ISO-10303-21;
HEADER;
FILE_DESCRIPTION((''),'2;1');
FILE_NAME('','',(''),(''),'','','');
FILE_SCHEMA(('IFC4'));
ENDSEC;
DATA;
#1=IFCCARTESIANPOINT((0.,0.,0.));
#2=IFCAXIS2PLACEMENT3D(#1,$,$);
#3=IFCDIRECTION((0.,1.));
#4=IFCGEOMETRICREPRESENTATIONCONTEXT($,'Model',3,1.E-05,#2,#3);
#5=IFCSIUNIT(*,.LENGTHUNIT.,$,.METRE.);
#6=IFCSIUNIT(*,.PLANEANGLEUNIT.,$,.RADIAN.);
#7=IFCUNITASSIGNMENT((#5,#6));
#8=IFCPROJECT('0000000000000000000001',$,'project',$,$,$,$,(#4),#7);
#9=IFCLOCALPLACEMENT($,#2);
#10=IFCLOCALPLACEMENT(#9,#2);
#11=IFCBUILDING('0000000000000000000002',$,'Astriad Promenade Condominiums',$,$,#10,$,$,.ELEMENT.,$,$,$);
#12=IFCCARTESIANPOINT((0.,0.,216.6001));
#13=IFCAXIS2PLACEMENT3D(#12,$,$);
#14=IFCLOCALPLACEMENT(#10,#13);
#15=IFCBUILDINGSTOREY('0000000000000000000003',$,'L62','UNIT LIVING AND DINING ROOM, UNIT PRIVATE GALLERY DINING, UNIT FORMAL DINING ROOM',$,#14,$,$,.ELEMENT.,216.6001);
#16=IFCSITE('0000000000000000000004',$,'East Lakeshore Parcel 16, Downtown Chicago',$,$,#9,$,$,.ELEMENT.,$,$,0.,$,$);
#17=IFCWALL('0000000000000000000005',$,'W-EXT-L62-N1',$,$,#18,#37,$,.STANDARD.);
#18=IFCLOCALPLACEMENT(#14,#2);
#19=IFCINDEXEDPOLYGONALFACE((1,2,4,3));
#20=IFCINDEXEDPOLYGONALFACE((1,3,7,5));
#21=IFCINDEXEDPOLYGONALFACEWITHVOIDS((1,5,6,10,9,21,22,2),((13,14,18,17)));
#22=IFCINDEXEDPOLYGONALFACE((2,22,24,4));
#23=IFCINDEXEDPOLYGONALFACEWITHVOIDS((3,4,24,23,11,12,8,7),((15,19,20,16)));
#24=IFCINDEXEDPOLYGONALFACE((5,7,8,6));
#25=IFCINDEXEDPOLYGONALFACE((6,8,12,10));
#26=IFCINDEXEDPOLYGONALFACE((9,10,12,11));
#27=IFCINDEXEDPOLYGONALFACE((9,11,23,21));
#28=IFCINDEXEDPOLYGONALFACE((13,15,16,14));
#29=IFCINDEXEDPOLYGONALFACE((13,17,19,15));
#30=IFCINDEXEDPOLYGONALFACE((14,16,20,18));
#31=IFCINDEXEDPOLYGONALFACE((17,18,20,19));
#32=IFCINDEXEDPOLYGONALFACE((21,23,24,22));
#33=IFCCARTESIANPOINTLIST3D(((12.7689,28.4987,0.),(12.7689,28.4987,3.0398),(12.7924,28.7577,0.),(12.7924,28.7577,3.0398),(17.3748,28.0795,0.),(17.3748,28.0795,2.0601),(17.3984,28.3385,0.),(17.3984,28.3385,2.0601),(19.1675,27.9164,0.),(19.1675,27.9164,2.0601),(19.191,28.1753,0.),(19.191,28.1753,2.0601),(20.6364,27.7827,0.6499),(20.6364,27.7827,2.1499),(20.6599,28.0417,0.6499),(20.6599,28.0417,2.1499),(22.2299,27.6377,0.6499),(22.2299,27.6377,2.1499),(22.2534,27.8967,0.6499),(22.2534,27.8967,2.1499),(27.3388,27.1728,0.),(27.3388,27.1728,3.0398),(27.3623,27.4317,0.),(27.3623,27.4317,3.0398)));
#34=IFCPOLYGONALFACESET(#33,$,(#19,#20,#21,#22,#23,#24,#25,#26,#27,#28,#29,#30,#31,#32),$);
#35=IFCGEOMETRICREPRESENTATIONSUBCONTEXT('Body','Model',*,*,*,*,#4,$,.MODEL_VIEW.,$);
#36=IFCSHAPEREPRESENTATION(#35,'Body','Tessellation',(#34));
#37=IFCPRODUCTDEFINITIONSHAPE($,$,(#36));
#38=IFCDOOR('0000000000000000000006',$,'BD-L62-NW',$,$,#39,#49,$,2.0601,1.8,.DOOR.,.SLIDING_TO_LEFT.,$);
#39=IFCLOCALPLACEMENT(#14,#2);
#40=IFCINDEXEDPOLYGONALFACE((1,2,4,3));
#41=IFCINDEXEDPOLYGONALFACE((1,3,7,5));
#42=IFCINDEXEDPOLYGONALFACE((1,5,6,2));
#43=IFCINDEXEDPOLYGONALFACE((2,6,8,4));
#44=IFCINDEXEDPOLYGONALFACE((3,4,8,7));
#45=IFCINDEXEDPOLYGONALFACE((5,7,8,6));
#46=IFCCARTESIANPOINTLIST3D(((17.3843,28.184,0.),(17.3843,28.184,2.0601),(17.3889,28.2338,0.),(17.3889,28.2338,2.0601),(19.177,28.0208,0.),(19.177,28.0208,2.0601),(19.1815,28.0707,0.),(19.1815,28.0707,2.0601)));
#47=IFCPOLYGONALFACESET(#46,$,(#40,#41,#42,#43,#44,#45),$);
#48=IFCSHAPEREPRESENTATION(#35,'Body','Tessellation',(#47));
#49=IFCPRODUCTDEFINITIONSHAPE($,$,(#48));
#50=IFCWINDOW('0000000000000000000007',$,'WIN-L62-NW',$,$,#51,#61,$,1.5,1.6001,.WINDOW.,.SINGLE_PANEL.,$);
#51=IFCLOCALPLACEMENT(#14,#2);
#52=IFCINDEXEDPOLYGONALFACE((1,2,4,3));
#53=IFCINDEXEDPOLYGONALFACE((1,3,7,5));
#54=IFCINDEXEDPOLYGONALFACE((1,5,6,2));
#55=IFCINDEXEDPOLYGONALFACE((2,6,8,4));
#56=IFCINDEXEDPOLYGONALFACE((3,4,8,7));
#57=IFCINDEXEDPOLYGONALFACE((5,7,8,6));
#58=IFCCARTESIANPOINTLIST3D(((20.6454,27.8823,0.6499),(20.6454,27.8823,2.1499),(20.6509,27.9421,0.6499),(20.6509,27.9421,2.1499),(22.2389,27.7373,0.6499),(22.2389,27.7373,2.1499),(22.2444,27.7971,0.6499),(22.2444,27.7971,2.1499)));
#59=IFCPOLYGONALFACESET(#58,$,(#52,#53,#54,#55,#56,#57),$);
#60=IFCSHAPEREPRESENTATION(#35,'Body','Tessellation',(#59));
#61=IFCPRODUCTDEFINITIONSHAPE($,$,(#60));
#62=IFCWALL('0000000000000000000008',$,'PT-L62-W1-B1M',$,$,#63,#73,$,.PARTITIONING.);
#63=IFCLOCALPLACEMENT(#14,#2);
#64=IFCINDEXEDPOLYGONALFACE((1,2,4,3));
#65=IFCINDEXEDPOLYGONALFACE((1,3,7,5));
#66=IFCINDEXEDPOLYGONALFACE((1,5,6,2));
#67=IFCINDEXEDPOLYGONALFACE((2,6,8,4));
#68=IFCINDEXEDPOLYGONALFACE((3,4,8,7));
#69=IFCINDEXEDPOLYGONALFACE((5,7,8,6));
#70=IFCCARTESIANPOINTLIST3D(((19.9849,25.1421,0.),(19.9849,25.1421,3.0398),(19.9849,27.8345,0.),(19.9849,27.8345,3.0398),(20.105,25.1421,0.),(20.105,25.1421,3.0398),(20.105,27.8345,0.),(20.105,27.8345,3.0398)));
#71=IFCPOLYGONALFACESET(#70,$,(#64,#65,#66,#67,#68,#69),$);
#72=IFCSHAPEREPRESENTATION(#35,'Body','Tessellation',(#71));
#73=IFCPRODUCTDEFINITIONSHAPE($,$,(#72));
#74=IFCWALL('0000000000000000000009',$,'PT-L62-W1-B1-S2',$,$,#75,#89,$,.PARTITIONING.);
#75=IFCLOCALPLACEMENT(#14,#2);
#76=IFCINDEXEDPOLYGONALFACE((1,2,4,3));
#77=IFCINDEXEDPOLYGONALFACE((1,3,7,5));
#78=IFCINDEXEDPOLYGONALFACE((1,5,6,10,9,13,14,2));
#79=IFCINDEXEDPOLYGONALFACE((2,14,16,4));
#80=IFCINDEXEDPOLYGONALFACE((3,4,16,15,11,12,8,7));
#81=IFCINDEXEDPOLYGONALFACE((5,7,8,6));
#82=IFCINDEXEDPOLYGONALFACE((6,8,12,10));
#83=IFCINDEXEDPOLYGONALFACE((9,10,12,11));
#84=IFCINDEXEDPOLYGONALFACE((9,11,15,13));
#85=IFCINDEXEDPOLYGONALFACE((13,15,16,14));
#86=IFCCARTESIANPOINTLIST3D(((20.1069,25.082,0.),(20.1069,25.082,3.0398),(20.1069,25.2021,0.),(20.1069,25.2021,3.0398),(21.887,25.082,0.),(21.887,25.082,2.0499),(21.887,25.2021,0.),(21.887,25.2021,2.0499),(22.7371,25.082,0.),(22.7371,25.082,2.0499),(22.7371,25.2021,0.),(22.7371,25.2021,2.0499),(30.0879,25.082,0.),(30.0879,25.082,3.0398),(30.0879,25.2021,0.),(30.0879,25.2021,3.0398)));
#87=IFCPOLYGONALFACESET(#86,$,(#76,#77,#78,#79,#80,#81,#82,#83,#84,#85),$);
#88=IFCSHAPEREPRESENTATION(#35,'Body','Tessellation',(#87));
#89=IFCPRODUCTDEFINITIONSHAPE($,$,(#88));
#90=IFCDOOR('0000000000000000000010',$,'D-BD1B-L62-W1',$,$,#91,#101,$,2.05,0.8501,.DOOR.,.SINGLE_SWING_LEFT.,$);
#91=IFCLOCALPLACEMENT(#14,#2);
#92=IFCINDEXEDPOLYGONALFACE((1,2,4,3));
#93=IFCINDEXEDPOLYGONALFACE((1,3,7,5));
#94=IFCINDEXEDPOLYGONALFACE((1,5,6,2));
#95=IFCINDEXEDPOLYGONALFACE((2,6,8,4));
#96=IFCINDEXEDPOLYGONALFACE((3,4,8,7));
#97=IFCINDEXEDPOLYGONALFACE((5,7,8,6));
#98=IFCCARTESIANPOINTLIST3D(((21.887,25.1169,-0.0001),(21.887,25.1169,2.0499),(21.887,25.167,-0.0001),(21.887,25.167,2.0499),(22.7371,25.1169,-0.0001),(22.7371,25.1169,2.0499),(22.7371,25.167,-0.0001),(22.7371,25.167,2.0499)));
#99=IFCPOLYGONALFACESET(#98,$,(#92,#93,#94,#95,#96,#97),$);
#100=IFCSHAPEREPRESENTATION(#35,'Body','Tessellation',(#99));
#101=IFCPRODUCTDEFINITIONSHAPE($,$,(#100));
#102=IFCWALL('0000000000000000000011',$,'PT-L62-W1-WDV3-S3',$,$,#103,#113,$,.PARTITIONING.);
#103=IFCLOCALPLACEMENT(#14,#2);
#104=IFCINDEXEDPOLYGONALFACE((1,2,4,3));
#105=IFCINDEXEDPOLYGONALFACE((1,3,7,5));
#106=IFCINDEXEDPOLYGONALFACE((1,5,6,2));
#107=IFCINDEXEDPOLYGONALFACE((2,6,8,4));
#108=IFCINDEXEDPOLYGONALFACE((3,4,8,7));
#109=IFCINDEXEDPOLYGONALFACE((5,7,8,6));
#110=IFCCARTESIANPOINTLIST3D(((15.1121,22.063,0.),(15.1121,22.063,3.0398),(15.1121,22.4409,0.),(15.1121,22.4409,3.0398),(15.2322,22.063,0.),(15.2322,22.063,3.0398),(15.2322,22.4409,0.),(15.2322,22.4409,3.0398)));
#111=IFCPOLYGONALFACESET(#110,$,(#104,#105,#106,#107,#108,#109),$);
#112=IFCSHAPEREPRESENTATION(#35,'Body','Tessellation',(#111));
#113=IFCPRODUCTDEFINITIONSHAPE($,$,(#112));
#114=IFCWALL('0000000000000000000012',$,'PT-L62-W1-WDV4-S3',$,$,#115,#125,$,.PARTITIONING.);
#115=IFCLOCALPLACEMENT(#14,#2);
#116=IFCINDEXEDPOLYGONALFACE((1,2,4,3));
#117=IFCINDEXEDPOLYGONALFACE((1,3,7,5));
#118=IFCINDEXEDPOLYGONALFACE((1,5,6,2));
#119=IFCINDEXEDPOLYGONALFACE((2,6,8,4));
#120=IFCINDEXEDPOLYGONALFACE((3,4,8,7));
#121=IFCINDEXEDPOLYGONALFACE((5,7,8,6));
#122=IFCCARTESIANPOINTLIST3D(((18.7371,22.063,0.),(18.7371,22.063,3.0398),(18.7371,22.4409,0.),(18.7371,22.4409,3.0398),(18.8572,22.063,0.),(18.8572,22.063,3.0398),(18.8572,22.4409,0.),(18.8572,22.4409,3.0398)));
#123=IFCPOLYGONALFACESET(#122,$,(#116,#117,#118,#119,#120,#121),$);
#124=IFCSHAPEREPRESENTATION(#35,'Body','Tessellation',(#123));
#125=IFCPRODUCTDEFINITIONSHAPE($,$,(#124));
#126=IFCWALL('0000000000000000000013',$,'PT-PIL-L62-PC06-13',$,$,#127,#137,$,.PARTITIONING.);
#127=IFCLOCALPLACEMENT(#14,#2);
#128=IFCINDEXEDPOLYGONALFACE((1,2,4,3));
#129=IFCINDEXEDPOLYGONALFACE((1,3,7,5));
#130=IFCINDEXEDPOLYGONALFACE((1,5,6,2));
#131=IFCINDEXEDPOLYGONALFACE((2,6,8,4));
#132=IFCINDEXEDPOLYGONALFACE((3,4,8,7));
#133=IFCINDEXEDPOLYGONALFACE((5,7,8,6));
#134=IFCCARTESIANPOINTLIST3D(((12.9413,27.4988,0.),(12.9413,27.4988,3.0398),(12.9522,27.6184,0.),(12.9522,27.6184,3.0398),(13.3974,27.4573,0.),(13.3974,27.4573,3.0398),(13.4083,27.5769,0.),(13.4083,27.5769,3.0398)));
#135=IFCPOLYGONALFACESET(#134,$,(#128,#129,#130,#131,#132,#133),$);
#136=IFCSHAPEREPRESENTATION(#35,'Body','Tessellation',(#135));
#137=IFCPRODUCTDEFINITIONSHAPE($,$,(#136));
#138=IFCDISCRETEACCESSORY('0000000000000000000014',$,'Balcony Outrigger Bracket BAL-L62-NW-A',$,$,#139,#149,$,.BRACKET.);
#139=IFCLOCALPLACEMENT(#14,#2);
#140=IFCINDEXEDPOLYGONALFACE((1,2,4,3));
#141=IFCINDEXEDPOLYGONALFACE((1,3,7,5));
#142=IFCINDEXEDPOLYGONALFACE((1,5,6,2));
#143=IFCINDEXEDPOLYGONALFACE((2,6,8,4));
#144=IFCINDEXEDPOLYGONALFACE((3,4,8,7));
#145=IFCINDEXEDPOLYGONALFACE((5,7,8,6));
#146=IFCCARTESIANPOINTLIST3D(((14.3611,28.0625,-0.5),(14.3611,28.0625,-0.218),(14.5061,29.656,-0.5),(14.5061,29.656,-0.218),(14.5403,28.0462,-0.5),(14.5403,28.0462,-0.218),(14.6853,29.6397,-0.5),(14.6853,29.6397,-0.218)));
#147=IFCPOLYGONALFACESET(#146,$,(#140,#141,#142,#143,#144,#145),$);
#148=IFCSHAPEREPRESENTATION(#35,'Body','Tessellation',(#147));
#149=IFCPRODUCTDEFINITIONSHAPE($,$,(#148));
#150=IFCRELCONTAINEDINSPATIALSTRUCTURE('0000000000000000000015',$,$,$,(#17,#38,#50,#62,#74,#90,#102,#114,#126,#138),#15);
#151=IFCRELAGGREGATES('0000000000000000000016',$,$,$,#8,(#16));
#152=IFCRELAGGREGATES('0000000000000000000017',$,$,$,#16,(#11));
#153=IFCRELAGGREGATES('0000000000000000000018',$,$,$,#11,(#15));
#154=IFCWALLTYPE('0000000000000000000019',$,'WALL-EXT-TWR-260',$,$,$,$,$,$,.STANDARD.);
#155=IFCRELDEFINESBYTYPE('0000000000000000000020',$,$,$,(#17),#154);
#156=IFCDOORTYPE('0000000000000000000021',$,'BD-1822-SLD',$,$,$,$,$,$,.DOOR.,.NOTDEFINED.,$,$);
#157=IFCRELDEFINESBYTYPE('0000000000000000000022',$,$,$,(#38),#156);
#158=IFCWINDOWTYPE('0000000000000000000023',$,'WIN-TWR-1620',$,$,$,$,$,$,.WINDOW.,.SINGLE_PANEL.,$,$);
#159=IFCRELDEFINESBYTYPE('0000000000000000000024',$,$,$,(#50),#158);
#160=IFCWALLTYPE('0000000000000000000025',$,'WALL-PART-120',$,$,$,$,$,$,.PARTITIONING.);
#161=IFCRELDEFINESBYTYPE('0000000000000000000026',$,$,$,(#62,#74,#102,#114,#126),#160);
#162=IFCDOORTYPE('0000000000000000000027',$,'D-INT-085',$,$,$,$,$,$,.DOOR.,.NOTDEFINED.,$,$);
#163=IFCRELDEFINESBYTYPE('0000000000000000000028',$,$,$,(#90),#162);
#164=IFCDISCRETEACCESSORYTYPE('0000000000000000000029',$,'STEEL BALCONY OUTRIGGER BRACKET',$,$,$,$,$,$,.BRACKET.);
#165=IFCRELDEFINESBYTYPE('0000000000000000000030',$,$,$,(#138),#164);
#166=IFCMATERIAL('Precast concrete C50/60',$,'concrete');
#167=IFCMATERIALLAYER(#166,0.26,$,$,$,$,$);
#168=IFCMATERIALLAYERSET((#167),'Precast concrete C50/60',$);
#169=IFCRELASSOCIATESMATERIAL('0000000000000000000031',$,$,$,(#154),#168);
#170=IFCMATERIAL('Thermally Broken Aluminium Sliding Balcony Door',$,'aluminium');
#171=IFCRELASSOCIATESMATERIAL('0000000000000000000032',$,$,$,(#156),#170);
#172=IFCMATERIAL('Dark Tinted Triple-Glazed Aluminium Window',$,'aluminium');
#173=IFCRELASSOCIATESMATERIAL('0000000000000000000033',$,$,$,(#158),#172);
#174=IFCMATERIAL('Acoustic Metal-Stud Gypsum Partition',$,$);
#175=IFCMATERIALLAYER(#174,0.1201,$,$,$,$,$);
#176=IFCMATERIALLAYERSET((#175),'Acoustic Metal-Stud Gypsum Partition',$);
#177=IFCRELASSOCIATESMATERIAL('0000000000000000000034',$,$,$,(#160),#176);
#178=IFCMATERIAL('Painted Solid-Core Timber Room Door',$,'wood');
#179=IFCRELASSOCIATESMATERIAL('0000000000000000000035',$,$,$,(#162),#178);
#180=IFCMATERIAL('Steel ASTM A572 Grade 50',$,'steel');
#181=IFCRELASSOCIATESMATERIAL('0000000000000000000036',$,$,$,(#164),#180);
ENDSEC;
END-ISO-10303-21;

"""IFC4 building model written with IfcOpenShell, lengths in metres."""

from ifc_helpers import new_model, si_unit, direction, frame, frame_2d, origin, origin_2d, place, context, subcontext, project, spatial, rectangle, extrude, source, transform, mapped, material, layer, layer_set, type_object, type_shapes, element, fill, save


model = new_model("IFC4")

# Units and contexts
model_context = context("Model", 3, precision=1e-05, world=origin(), true_north=direction((0.0, 1.0)))
body_context = subcontext(model_context, "Body", "Model", "MODEL_VIEW")
ifc_project = project(units=[si_unit("LENGTHUNIT", "METRE"), si_unit("PLANEANGLEUNIT", "RADIAN")], contexts=[model_context])

# Site, building, storey
site_placement = place(None, origin())
site = spatial("IfcSite", under=ifc_project, at=site_placement, Name="East Lakeshore Parcel 16, Downtown Chicago", CompositionType="ELEMENT", RefElevation=0.0)
building_placement = place(site_placement, origin())
building = spatial("IfcBuilding", under=site, at=building_placement, Name="Astriad Promenade Condominiums", CompositionType="ELEMENT")
storey_placement = place(building_placement, frame((0.0, 0.0, 216.6001)))
storey = spatial("IfcBuildingStorey", under=building, at=storey_placement, Name="L62", Description="UNIT LIVING AND DINING ROOM, UNIT PRIVATE GALLERY DINING, UNIT FORMAL DINING ROOM", CompositionType="ELEMENT", Elevation=216.6001)

# Shared definitions
ifc_material_1 = material(Name="Precast concrete C50/60", Category="concrete")
ifc_layer_1 = layer(ifc_material_1, 0.26)
ifc_layer_set_1 = layer_set([ifc_layer_1], Name="Precast concrete C50/60")
wall_type_1 = type_object("IfcWallType", Name="WALL-EXT-TWR-260", PredefinedType="STANDARD", material=ifc_layer_set_1)

# Wall, openings, door, window
wall_1_placement = place(storey_placement, frame((12.7808, 28.6282, 0.0), z_axis=(0.0, 0.0, 1.0), x_axis=(0.995885, -0.090631, 0.0)))
wall_1 = element("IfcWall", 1, at=wall_1_placement, inside=storey, type_object=wall_type_1, Name="W-EXT-L62-N1", PredefinedType="STANDARD", context=body_context, shape_type="SweptSolid", body=[
    extrude(rectangle(XDim=14.6301, YDim=0.26, at=frame_2d((7.3149, 0.0))), origin(), (0.0, 0.0, 1.0), 3.0398),
])
opening_1_placement = place(wall_1_placement, frame((4.625, 0.0, 0.0)))
opening_1 = element("IfcOpeningElement", 2, at=opening_1_placement, cuts=wall_1, PredefinedType="OPENING", context=body_context, shape_type="SweptSolid", body=[
    extrude(rectangle(XDim=1.8, YDim=2.0601, at=frame_2d((0.8999, 1.03))), frame((0.0, 0.1399, 0.0), z_axis=(0.0, -1.0, 0.0), x_axis=(1.0, 0.0, 0.0)), (0.0, 0.0, 1.0), 0.28),
])
opening_2_placement = place(wall_1_placement, frame((7.8999, 0.0, 0.6499)))
opening_2 = element("IfcOpeningElement", 3, at=opening_2_placement, cuts=wall_1, PredefinedType="OPENING", context=body_context, shape_type="SweptSolid", body=[
    extrude(rectangle(XDim=1.6001, YDim=1.5, at=frame_2d((0.8, 0.75))), frame((0.0, 0.1399, 0.0), z_axis=(0.0, -1.0, 0.0), x_axis=(1.0, 0.0, 0.0)), (0.0, 0.0, 1.0), 0.28),
])
ifc_material_2 = material(Name="Thermally Broken Aluminium Sliding Balcony Door", Category="aluminium")
door_type_1 = type_object("IfcDoorType", Name="BD-1822-SLD", OperationType="NOTDEFINED", PredefinedType="DOOR", material=ifc_material_2)
shared_shape_1 = source(origin(), body_context, "Body", "SweptSolid", [
    extrude(rectangle(XDim=1.8, YDim=2.0601, at=frame_2d((0.8999, 1.03))), frame((0.0, 0.0249, 0.0), z_axis=(0.0, -1.0, 0.0), x_axis=(1.0, 0.0, 0.0)), (0.0, 0.0, 1.0), 0.05),
])
type_shapes(door_type_1, [shared_shape_1])
door_1_placement = place(opening_1_placement, origin())
door_1 = element("IfcDoor", 4, at=door_1_placement, inside=storey, type_object=door_type_1, Name="BD-L62-NW", OperationType="SLIDING_TO_LEFT", OverallHeight=2.0601, OverallWidth=1.8, PredefinedType="DOOR", context=body_context, shape_type="MappedRepresentation", body=[
    mapped(shared_shape_1, transform((0.0, 0.0, 0.0), scale=1.0)),
])
fill(opening_1, door_1)
ifc_material_3 = material(Name="Dark Tinted Triple-Glazed Aluminium Window", Category="aluminium")
window_type = type_object("IfcWindowType", Name="WIN-TWR-1620", PartitioningType="SINGLE_PANEL", PredefinedType="WINDOW", material=ifc_material_3)
shared_shape_2 = source(origin(), body_context, "Body", "SweptSolid", [
    extrude(rectangle(XDim=1.6001, YDim=1.5, at=frame_2d((0.8, 0.75))), frame((0.0, 0.03, 0.0), z_axis=(0.0, -1.0, 0.0), x_axis=(1.0, 0.0, 0.0)), (0.0, 0.0, 1.0), 0.0601),
])
type_shapes(window_type, [shared_shape_2])
window_placement = place(opening_2_placement, origin())
window = element("IfcWindow", 5, at=window_placement, inside=storey, type_object=window_type, Name="WIN-L62-NW", OverallHeight=1.5, OverallWidth=1.6001, PartitioningType="SINGLE_PANEL", PredefinedType="WINDOW", context=body_context, shape_type="MappedRepresentation", body=[
    mapped(shared_shape_2, transform((0.0, 0.0, 0.0), scale=1.0)),
])
fill(opening_2, window)

# Wall
ifc_material_4 = material(Name="Acoustic Metal-Stud Gypsum Partition")
ifc_layer_2 = layer(ifc_material_4, 0.1201)
ifc_layer_set_2 = layer_set([ifc_layer_2], Name="Acoustic Metal-Stud Gypsum Partition")
wall_type_2 = type_object("IfcWallType", Name="WALL-PART-120", PredefinedType="PARTITIONING", material=ifc_layer_set_2)
wall_2_placement = place(storey_placement, frame((20.0449, 25.1421, 0.0), z_axis=(0.0, 0.0, 1.0), x_axis=(0.0, 1.0, 0.0)))
element("IfcWall", 6, at=wall_2_placement, inside=storey, type_object=wall_type_2, Name="PT-L62-W1-B1M", PredefinedType="PARTITIONING", context=body_context, shape_type="SweptSolid", body=[
    extrude(rectangle(XDim=2.6924, YDim=0.1201, at=frame_2d((1.3462, 0.0))), origin(), (0.0, 0.0, 1.0), 3.0398),
])

# Wall, opening, door
wall_3_placement = place(storey_placement, frame((20.1069, 25.1421, 0.0), z_axis=(0.0, 0.0, 1.0), x_axis=(1.0, 0.0, 0.0)))
wall_3 = element("IfcWall", 7, at=wall_3_placement, inside=storey, type_object=wall_type_2, Name="PT-L62-W1-B1-S2", PredefinedType="PARTITIONING", context=body_context, shape_type="SweptSolid", body=[
    extrude(rectangle(XDim=9.981, YDim=0.1201, at=frame_2d((4.9905, 0.0))), origin(), (0.0, 0.0, 1.0), 3.0398),
])
opening_3_placement = place(wall_3_placement, frame((1.78, 0.0, 0.0)))
opening_3 = element("IfcOpeningElement", 8, at=opening_3_placement, cuts=wall_3, PredefinedType="OPENING", context=body_context, shape_type="SweptSolid", body=[
    extrude(rectangle(XDim=0.8501, YDim=2.05, at=frame_2d((0.425, 1.0249))), frame((0.0, 0.0701, 0.0), z_axis=(0.0, -1.0, 0.0), x_axis=(1.0, 0.0, 0.0)), (0.0, 0.0, 1.0), 0.1401),
])
ifc_material_5 = material(Name="Painted Solid-Core Timber Room Door", Category="wood")
door_type_2 = type_object("IfcDoorType", Name="D-INT-085", OperationType="NOTDEFINED", PredefinedType="DOOR", material=ifc_material_5)
shared_shape_3 = source(origin(), body_context, "Body", "SweptSolid", [
    extrude(rectangle(XDim=0.8501, YDim=2.05, at=frame_2d((0.425, 1.0249))), frame((0.0, 0.0249, 0.0), z_axis=(0.0, -1.0, 0.0), x_axis=(1.0, 0.0, 0.0)), (0.0, 0.0, 1.0), 0.05),
])
type_shapes(door_type_2, [shared_shape_3])
door_2_placement = place(opening_3_placement, origin())
door_2 = element("IfcDoor", 9, at=door_2_placement, inside=storey, type_object=door_type_2, Name="D-BD1B-L62-W1", OperationType="SINGLE_SWING_LEFT", OverallHeight=2.05, OverallWidth=0.8501, PredefinedType="DOOR", context=body_context, shape_type="MappedRepresentation", body=[
    mapped(shared_shape_3, transform((0.0, 0.0, 0.0), scale=1.0)),
])
fill(opening_3, door_2)

# Walls
for number, where, z_axis, x_axis, name in (
    (10, (15.1721, 22.063, 0.0), (0.0, 0.0, 1.0), (0.0, 1.0, 0.0), "PT-L62-W1-WDV3-S3"),
    (11, (18.7971, 22.063, 0.0), (0.0, 0.0, 1.0), (0.0, 1.0, 0.0), "PT-L62-W1-WDV4-S3"),
):
    element("IfcWall", number, at=place(storey_placement, frame(where, z_axis=z_axis, x_axis=x_axis)), inside=storey, type_object=wall_type_2, Name=name, PredefinedType="PARTITIONING", context=body_context, shape_type="SweptSolid", body=[
        extrude(rectangle(XDim=0.3779, YDim=0.1201, at=frame_2d((0.189, 0.0))), origin(), (0.0, 0.0, 1.0), 3.0398),
    ])
wall_4_placement = place(storey_placement, frame((13.4028, 27.5171, 0.0), z_axis=(0.0, 0.0, 1.0), x_axis=(-0.995884, 0.090632, 0.0)))
element("IfcWall", 12, at=wall_4_placement, inside=storey, type_object=wall_type_2, Name="PT-PIL-L62-PC06-13", PredefinedType="PARTITIONING", context=body_context, shape_type="SweptSolid", body=[
    extrude(rectangle(XDim=0.458, YDim=0.1201, at=frame_2d((0.229, 0.0))), origin(), (0.0, 0.0, 1.0), 3.0398),
])

# Discrete accessory
ifc_material_6 = material(Name="Steel ASTM A572 Grade 50", Category="steel")
discrete_accessory_type = type_object("IfcDiscreteAccessoryType", Name="STEEL BALCONY OUTRIGGER BRACKET", PredefinedType="BRACKET", material=ifc_material_6)
shared_shape_4 = source(origin(), body_context, "Body", "SweptSolid", [
    extrude(rectangle(XDim=1.6001, YDim=0.1799, at=origin_2d()), origin(), (0.0, 0.0, 1.0), 0.282),
])
type_shapes(discrete_accessory_type, [shared_shape_4])
discrete_accessory_placement = place(storey_placement, frame((14.5232, 28.8511, -0.5), z_axis=(0.0, 0.0, 1.0), x_axis=(0.090633, 0.995884, 0.0)))
element("IfcDiscreteAccessory", 13, at=discrete_accessory_placement, inside=storey, type_object=discrete_accessory_type, Name="Balcony Outrigger Bracket BAL-L62-NW-A", PredefinedType="BRACKET", context=body_context, shape_type="MappedRepresentation", body=[
    mapped(shared_shape_4, transform((0.0, 0.0, 0.0), scale=1.0)),
])

save(model, "model.ifc")
